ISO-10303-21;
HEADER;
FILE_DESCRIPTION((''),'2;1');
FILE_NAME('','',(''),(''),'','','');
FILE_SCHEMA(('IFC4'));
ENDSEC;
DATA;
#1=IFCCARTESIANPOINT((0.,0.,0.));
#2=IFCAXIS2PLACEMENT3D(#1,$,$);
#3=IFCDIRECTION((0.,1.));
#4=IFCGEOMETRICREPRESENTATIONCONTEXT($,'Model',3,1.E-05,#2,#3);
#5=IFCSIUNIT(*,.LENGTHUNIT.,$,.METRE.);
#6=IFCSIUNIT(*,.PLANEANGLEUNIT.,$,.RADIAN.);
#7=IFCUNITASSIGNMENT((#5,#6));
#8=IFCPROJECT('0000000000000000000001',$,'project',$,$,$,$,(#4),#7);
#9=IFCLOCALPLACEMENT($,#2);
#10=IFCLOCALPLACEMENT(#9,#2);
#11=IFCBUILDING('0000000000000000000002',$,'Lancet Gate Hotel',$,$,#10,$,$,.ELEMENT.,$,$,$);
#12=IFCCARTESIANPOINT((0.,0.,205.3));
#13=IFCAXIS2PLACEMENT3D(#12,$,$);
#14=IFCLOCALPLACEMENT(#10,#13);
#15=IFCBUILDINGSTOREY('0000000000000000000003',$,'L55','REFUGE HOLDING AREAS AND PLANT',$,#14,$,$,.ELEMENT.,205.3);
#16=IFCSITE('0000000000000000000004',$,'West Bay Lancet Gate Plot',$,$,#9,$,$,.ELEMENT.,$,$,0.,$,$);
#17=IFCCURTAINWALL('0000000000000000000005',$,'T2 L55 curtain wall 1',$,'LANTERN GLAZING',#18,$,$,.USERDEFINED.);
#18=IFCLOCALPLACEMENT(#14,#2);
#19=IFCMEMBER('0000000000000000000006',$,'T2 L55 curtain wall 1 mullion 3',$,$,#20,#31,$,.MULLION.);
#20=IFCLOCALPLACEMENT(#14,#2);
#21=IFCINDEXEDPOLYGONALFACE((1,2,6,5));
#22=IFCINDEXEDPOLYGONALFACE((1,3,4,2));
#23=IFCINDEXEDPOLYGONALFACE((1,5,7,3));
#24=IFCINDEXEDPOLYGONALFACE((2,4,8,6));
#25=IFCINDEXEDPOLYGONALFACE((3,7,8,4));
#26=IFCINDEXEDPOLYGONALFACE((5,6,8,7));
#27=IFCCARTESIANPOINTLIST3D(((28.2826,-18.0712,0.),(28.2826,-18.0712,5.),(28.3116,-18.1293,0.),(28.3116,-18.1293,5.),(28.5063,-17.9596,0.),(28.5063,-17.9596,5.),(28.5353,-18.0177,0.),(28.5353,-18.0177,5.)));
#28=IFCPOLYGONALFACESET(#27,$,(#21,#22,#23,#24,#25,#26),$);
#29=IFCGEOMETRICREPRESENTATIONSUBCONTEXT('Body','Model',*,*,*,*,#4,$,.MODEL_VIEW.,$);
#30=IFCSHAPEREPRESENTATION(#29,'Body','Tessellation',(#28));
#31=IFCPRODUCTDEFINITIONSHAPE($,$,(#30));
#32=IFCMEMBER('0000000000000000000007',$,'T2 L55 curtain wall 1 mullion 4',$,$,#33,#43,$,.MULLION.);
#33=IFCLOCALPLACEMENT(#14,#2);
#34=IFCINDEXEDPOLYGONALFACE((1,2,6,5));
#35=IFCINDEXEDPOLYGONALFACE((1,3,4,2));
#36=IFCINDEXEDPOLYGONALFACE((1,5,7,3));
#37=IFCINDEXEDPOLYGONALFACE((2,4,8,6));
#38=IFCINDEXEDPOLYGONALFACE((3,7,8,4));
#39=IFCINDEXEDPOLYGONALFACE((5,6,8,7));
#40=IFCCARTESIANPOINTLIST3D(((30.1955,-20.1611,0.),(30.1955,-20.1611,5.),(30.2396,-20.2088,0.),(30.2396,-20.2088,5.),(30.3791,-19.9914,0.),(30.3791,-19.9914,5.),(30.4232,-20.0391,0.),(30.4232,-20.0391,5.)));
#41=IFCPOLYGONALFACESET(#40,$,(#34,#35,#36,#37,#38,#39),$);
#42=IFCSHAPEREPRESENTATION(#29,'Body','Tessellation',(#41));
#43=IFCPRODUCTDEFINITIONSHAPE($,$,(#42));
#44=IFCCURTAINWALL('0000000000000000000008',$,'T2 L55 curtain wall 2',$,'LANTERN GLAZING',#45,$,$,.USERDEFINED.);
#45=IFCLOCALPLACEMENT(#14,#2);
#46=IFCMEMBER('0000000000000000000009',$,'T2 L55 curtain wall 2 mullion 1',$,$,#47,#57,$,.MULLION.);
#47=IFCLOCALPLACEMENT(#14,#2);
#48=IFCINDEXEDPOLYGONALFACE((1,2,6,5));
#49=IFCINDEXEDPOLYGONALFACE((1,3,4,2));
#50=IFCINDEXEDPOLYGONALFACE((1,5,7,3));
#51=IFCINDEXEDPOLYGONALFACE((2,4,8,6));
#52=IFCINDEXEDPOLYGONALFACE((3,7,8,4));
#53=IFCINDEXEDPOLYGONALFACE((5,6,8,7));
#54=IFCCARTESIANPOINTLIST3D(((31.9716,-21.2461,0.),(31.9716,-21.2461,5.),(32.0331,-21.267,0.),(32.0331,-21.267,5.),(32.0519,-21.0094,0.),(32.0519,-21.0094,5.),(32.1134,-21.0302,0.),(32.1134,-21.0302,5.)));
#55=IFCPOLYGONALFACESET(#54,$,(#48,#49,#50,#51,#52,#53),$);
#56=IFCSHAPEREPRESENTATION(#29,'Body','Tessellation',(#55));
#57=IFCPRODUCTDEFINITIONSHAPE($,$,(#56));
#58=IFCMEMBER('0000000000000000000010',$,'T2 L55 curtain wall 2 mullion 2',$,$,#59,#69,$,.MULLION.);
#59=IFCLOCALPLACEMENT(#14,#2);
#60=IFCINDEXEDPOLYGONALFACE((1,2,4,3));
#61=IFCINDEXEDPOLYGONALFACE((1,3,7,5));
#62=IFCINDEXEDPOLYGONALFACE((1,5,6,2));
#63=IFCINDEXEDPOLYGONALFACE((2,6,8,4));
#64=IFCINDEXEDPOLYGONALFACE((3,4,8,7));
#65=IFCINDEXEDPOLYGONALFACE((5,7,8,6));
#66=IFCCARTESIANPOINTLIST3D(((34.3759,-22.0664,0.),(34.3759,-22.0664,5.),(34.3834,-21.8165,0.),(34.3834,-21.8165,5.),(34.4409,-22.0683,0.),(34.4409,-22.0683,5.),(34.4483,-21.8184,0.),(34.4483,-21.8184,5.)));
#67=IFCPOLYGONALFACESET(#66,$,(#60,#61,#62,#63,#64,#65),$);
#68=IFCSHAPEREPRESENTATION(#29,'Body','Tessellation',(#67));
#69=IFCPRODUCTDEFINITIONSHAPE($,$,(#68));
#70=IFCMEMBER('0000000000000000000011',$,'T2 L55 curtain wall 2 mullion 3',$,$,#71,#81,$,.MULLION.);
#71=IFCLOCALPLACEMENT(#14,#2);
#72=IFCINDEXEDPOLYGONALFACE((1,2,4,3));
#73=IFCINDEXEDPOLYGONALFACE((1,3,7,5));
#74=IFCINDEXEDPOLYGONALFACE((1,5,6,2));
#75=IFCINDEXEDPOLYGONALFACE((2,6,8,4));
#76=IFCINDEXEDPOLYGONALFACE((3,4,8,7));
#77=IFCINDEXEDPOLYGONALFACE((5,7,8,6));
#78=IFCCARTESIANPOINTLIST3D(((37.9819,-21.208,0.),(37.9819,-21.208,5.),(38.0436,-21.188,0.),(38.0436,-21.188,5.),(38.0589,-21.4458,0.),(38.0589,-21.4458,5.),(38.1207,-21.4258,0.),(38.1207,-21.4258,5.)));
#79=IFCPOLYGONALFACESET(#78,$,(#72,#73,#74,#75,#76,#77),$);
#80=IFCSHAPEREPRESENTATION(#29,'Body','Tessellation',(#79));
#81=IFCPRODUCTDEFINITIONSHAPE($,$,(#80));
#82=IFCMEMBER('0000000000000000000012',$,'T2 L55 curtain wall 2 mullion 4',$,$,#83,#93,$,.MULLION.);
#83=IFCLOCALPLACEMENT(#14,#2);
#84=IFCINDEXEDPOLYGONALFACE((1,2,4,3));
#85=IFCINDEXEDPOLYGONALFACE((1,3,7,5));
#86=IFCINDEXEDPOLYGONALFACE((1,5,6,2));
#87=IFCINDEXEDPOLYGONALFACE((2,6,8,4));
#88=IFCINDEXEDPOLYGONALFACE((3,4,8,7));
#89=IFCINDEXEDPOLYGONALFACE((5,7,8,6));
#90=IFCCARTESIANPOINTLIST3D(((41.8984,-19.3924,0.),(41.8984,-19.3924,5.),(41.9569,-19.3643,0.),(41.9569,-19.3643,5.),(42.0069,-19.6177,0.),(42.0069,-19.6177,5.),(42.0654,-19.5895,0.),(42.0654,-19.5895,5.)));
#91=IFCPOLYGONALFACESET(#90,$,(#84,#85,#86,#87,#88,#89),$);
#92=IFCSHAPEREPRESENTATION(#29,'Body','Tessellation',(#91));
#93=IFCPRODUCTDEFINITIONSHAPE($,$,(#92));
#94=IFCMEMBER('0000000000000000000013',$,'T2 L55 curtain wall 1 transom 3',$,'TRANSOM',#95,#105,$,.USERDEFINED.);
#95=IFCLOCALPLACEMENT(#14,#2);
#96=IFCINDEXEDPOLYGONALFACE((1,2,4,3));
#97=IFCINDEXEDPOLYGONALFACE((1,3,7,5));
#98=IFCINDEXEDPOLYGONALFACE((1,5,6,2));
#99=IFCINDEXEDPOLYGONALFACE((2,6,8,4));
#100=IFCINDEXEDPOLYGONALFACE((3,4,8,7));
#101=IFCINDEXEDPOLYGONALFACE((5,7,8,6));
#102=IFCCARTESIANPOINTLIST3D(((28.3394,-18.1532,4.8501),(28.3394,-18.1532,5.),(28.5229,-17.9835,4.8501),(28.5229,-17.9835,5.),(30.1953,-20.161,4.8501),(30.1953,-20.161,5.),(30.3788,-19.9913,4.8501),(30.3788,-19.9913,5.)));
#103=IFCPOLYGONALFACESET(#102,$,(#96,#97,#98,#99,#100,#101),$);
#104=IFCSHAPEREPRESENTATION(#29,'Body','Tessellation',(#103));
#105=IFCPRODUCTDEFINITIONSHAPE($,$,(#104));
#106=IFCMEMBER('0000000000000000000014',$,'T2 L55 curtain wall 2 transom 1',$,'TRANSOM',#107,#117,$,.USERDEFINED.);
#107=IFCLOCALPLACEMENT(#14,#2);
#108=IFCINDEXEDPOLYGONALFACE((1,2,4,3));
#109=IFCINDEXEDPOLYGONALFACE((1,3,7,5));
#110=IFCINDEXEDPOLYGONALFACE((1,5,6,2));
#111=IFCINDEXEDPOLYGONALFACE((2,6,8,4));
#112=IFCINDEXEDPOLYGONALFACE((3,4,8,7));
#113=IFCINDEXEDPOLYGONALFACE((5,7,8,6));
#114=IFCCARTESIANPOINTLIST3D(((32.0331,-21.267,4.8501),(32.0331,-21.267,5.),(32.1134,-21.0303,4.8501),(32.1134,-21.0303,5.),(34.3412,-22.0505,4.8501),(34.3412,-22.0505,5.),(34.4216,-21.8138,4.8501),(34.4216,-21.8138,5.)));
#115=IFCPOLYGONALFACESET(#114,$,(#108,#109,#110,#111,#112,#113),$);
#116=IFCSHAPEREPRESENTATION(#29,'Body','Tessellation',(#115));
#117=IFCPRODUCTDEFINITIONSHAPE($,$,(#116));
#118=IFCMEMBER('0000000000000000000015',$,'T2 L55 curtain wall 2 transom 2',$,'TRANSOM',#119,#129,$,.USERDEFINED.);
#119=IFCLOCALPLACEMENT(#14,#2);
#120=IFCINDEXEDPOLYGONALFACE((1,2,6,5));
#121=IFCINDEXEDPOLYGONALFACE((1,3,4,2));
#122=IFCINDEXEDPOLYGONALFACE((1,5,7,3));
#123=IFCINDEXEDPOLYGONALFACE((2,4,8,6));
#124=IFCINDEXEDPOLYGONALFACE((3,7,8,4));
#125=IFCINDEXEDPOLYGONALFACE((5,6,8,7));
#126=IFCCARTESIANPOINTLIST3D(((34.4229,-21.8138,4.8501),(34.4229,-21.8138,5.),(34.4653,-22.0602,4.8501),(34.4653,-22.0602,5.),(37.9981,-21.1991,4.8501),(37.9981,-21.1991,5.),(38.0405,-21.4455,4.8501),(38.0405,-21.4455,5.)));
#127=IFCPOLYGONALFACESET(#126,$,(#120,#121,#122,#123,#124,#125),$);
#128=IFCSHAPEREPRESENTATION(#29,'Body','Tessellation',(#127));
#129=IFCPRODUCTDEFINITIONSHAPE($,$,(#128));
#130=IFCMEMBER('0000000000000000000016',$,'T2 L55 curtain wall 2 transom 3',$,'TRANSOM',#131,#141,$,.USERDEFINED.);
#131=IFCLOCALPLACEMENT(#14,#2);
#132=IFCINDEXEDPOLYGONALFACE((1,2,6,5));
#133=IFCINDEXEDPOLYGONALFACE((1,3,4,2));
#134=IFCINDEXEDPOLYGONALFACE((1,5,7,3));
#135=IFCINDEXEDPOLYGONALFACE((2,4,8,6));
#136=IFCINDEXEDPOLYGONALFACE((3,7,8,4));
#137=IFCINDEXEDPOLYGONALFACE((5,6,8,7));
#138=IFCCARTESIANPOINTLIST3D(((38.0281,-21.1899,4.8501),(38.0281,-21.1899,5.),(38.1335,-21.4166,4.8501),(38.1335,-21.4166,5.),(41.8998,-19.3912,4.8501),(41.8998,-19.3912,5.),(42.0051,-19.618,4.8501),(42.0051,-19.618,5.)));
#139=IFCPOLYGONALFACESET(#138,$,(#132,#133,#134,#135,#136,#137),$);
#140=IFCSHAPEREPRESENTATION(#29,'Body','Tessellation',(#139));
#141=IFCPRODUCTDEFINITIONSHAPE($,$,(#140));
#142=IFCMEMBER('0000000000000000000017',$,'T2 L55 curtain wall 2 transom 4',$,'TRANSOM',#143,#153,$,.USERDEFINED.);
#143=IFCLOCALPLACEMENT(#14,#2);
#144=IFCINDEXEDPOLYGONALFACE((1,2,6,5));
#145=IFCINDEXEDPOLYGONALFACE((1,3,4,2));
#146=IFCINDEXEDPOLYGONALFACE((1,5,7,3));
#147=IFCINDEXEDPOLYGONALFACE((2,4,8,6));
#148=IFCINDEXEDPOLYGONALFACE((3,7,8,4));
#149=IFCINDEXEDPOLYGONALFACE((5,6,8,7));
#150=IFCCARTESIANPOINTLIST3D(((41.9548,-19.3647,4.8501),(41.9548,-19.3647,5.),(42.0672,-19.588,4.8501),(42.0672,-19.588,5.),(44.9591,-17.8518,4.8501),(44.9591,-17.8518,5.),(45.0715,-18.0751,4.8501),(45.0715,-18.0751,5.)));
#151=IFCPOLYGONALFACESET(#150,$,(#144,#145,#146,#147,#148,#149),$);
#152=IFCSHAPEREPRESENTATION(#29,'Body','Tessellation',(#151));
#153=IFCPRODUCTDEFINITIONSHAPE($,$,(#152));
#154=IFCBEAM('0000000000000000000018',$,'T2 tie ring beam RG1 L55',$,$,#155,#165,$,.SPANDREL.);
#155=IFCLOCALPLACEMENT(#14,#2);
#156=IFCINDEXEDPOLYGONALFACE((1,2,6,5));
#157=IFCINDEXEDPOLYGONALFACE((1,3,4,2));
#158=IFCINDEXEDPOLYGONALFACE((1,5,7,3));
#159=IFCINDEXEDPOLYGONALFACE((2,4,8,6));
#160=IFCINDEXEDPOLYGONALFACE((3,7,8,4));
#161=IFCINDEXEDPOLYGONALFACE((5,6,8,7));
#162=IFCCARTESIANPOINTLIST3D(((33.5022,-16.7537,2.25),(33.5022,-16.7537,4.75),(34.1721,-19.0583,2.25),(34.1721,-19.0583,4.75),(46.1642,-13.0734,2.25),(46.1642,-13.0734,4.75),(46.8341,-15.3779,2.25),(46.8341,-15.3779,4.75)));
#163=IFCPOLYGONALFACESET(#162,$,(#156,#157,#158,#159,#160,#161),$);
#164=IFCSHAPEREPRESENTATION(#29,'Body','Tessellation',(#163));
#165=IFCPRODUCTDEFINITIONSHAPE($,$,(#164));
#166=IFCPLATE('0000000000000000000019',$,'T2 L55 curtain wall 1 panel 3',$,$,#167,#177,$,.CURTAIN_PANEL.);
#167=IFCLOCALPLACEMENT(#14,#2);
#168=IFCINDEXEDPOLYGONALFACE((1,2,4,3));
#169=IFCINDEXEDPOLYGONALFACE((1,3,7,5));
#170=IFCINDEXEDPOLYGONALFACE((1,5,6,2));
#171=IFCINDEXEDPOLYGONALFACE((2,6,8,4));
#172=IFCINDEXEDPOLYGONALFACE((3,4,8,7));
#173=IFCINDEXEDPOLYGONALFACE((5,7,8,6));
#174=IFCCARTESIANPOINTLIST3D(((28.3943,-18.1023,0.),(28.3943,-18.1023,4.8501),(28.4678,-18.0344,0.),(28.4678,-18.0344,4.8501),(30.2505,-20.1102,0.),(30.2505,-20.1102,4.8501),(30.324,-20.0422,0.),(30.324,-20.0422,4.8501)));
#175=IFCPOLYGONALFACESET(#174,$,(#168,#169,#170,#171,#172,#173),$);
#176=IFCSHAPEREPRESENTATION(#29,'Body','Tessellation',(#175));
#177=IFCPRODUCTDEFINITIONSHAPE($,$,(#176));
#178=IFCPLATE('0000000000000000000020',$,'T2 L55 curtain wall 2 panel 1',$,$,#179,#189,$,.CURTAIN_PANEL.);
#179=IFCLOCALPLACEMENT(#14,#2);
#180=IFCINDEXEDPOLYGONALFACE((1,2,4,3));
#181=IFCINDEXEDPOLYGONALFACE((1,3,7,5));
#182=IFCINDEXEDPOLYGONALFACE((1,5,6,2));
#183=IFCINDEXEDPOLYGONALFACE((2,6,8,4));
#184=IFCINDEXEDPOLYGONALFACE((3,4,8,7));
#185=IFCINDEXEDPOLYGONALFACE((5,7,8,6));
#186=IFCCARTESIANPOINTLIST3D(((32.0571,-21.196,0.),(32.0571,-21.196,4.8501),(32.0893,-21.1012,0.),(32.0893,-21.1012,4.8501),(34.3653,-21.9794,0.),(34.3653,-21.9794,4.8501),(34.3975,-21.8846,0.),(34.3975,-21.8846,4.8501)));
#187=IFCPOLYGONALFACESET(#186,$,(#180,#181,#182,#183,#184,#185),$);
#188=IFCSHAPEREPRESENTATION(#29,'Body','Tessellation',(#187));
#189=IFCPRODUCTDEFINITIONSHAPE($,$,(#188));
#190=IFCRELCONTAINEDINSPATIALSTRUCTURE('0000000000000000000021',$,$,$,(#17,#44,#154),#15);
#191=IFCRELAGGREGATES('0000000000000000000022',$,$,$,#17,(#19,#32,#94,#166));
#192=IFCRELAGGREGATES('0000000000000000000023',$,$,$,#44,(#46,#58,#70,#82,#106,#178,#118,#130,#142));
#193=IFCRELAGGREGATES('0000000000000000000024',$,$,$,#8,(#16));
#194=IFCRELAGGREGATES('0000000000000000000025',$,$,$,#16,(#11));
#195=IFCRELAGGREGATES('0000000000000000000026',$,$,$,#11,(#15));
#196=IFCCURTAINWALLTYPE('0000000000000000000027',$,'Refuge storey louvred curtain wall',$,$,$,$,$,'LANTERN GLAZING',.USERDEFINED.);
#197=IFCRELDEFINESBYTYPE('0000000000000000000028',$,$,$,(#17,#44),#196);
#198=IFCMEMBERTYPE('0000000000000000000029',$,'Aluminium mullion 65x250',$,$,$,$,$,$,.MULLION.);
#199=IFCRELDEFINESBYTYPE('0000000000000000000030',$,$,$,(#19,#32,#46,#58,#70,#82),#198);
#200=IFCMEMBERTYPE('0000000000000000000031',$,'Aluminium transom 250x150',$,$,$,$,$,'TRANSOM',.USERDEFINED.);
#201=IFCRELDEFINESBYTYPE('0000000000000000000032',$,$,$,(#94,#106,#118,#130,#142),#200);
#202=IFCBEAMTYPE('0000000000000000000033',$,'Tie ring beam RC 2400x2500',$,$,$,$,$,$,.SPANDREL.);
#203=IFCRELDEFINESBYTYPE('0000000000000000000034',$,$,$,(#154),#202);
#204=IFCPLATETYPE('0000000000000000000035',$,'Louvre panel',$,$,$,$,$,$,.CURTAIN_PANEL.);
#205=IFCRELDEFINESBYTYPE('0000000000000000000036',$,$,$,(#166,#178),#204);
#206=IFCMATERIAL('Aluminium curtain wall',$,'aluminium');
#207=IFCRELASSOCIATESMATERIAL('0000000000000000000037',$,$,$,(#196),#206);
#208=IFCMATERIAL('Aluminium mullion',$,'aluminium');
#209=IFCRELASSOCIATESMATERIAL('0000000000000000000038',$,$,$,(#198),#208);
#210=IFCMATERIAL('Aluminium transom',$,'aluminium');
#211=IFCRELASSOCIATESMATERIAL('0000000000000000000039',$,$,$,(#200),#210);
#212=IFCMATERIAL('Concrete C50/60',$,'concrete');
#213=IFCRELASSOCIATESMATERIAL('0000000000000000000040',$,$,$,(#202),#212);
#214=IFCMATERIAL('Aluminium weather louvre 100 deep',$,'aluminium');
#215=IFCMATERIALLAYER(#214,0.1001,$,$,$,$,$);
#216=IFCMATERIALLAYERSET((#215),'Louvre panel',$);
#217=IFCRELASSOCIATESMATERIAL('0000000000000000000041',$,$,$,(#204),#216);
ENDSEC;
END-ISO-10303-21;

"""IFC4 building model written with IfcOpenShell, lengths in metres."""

from ifc_helpers import new_model, si_unit, direction, frame, origin, origin_2d, place, context, subcontext, project, spatial, rectangle, extrude, material, layer, layer_set, material_profile, profile_set, type_object, element, aggregate, save


model = new_model("IFC4")

# Units and contexts
model_context = context("Model", 3, precision=1e-05, world=origin(), true_north=direction((0.0, 1.0)))
body_context = subcontext(model_context, "Body", "Model", "MODEL_VIEW")
ifc_project = project(units=[si_unit("LENGTHUNIT", "METRE"), si_unit("PLANEANGLEUNIT", "RADIAN")], contexts=[model_context])

# Site, building, storey
site_placement = place(None, origin())
site = spatial("IfcSite", under=ifc_project, at=site_placement, Name="West Bay Lancet Gate Plot", CompositionType="ELEMENT", RefElevation=0.0)
building_placement = place(site_placement, origin())
building = spatial("IfcBuilding", under=site, at=building_placement, Name="Lancet Gate Hotel", CompositionType="ELEMENT")
storey_placement = place(building_placement, frame((0.0, 0.0, 205.3)))
storey = spatial("IfcBuildingStorey", under=building, at=storey_placement, Name="L55", Description="REFUGE HOLDING AREAS AND PLANT", CompositionType="ELEMENT", Elevation=205.3)

# Curtain walls, members
ifc_material_1 = material(Name="Aluminium curtain wall", Category="aluminium")
curtain_wall_type = type_object("IfcCurtainWallType", Name="Refuge storey louvred curtain wall", ElementType="LANTERN GLAZING", PredefinedType="USERDEFINED", material=ifc_material_1)
curtain_wall_1_placement = place(storey_placement, origin())
curtain_wall_1 = element("IfcCurtainWall", 1, at=curtain_wall_1_placement, inside=storey, type_object=curtain_wall_type, Name="T2 L55 curtain wall 1", ObjectType="LANTERN GLAZING", PredefinedType="USERDEFINED")
ifc_material_2 = material(Name="Aluminium mullion", Category="aluminium")
ifc_material_profile_1 = material_profile(ifc_material_2, rectangle(XDim=0.0649, YDim=0.25, at=origin_2d()), Name="MULLION 65x250")
ifc_profile_set_1 = profile_set([ifc_material_profile_1], Name="Aluminium mullion")
member_type_1 = type_object("IfcMemberType", Name="Aluminium mullion 65x250", PredefinedType="MULLION", material=ifc_profile_set_1)
member_1_placement = place(storey_placement, frame((28.4089, -18.0444, 0.0), z_axis=(0.0, 0.0, 1.0), x_axis=(0.446205, -0.894931, 0.0)))
member_1 = element("IfcMember", 2, at=member_1_placement, type_object=member_type_1, Name="T2 L55 curtain wall 1 mullion 3", PredefinedType="MULLION", context=body_context, shape_type="SweptSolid", body=[
    extrude(rectangle(XDim=0.0649, YDim=0.25, at=origin_2d()), origin(), (0.0, 0.0, 1.0), 5.0),
])
member_2_placement = place(storey_placement, frame((30.3093, -20.1001, 0.0), z_axis=(0.0, 0.0, 1.0), x_axis=(0.678831, -0.734294, 0.0)))
member_2 = element("IfcMember", 3, at=member_2_placement, type_object=member_type_1, Name="T2 L55 curtain wall 1 mullion 4", PredefinedType="MULLION", context=body_context, shape_type="SweptSolid", body=[
    extrude(rectangle(XDim=0.0649, YDim=0.25, at=origin_2d()), origin(), (0.0, 0.0, 1.0), 5.0),
])
curtain_wall_2_placement = place(storey_placement, origin())
curtain_wall_2 = element("IfcCurtainWall", 4, at=curtain_wall_2_placement, inside=storey, type_object=curtain_wall_type, Name="T2 L55 curtain wall 2", ObjectType="LANTERN GLAZING", PredefinedType="USERDEFINED")
member_3_placement = place(storey_placement, frame((32.0425, -21.1382, 0.0), z_axis=(0.0, 0.0, 1.0), x_axis=(0.946952, -0.321374, 0.0)))
member_3 = element("IfcMember", 5, at=member_3_placement, type_object=member_type_1, Name="T2 L55 curtain wall 2 mullion 1", PredefinedType="MULLION", context=body_context, shape_type="SweptSolid", body=[
    extrude(rectangle(XDim=0.0649, YDim=0.25, at=origin_2d()), origin(), (0.0, 0.0, 1.0), 5.0),
])
member_4_placement = place(storey_placement, frame((34.4121, -21.9424, 0.0), z_axis=(0.0, 0.0, 1.0), x_axis=(0.999559, -0.029701, 0.0)))
member_4 = element("IfcMember", 6, at=member_4_placement, type_object=member_type_1, Name="T2 L55 curtain wall 2 mullion 2", PredefinedType="MULLION", context=body_context, shape_type="SweptSolid", body=[
    extrude(rectangle(XDim=0.0649, YDim=0.25, at=origin_2d()), origin(), (0.0, 0.0, 1.0), 5.0),
])
member_5_placement = place(storey_placement, frame((38.0513, -21.3169, 0.0), z_axis=(0.0, 0.0, 1.0), x_axis=(0.951355, 0.308095, 0.0)))
member_5 = element("IfcMember", 7, at=member_5_placement, type_object=member_type_1, Name="T2 L55 curtain wall 2 mullion 3", PredefinedType="MULLION", context=body_context, shape_type="SweptSolid", body=[
    extrude(rectangle(XDim=0.0649, YDim=0.25, at=origin_2d()), origin(), (0.0, 0.0, 1.0), 5.0),
])
member_6_placement = place(storey_placement, frame((41.9819, -19.491, 0.0), z_axis=(0.0, 0.0, 1.0), x_axis=(0.900945, 0.433933, 0.0)))
member_6 = element("IfcMember", 8, at=member_6_placement, type_object=member_type_1, Name="T2 L55 curtain wall 2 mullion 4", PredefinedType="MULLION", context=body_context, shape_type="SweptSolid", body=[
    extrude(rectangle(XDim=0.0649, YDim=0.25, at=origin_2d()), origin(), (0.0, 0.0, 1.0), 5.0),
])

# Members
ifc_material_3 = material(Name="Aluminium transom", Category="aluminium")
ifc_material_profile_2 = material_profile(ifc_material_3, rectangle(XDim=0.25, YDim=0.1499, at=origin_2d()), Name="TRANSOM 250x150")
ifc_profile_set_2 = profile_set([ifc_material_profile_2], Name="Aluminium transom")
member_type_2 = type_object("IfcMemberType", Name="Aluminium transom 250x150", ElementType="TRANSOM", PredefinedType="USERDEFINED", material=ifc_profile_set_2)
member_7_placement = place(storey_placement, frame((28.4312, -18.0684, 4.925), z_axis=(0.678792, -0.734331, 0.0), x_axis=(0.734331, 0.678792, 0.0)))
member_7 = element("IfcMember", 9, at=member_7_placement, type_object=member_type_2, Name="T2 L55 curtain wall 1 transom 3", ObjectType="TRANSOM", PredefinedType="USERDEFINED", context=body_context, shape_type="SweptSolid", body=[
    extrude(rectangle(XDim=0.25, YDim=0.1499, at=origin_2d()), origin(), (0.0, 0.0, 1.0), 2.7341),
])
member_8_placement = place(storey_placement, frame((32.0732, -21.1487, 4.925), z_axis=(0.946936, -0.321421, 0.0), x_axis=(0.321421, 0.946936, 0.0)))
member_8 = element("IfcMember", 10, at=member_8_placement, type_object=member_type_2, Name="T2 L55 curtain wall 2 transom 1", ObjectType="TRANSOM", PredefinedType="USERDEFINED", context=body_context, shape_type="SweptSolid", body=[
    extrude(rectangle(XDim=0.25, YDim=0.1499, at=origin_2d()), origin(), (0.0, 0.0, 1.0), 2.4375),
])
member_9_placement = place(storey_placement, frame((34.4441, -21.937, 4.925), z_axis=(0.985537, 0.169461, 0.0), x_axis=(-0.169461, 0.985537, 0.0)))
member_9 = element("IfcMember", 11, at=member_9_placement, type_object=member_type_2, Name="T2 L55 curtain wall 2 transom 2", ObjectType="TRANSOM", PredefinedType="USERDEFINED", context=body_context, shape_type="SweptSolid", body=[
    extrude(rectangle(XDim=0.25, YDim=0.1499, at=origin_2d()), origin(), (0.0, 0.0, 1.0), 3.6277),
])
member_10_placement = place(storey_placement, frame((38.0808, -21.3032, 4.925), z_axis=(0.906914, 0.421316, 0.0), x_axis=(-0.421316, 0.906914, 0.0)))
member_10 = element("IfcMember", 12, at=member_10_placement, type_object=member_type_2, Name="T2 L55 curtain wall 2 transom 3", ObjectType="TRANSOM", PredefinedType="USERDEFINED", context=body_context, shape_type="SweptSolid", body=[
    extrude(rectangle(XDim=0.25, YDim=0.1499, at=origin_2d()), origin(), (0.0, 0.0, 1.0), 4.269),
])
member_11_placement = place(storey_placement, frame((42.011, -19.4763, 4.925), z_axis=(0.893146, 0.449767, 0.0), x_axis=(-0.449767, 0.893146, 0.0)))
member_11 = element("IfcMember", 13, at=member_11_placement, type_object=member_type_2, Name="T2 L55 curtain wall 2 transom 4", ObjectType="TRANSOM", PredefinedType="USERDEFINED", context=body_context, shape_type="SweptSolid", body=[
    extrude(rectangle(XDim=0.25, YDim=0.1499, at=origin_2d()), origin(), (0.0, 0.0, 1.0), 3.3638),
])

# Beam
ifc_material_4 = material(Name="Concrete C50/60", Category="concrete")
ifc_material_profile_3 = material_profile(ifc_material_4, rectangle(XDim=2.3999, YDim=2.5, at=origin_2d()), Name="RC 2400x2500")
ifc_profile_set_3 = profile_set([ifc_material_profile_3], Name="Concrete C50/60")
beam_type = type_object("IfcBeamType", Name="Tie ring beam RC 2400x2500", PredefinedType="SPANDREL", material=ifc_profile_set_3)
beam_placement = place(storey_placement, frame((33.8372, -17.906, 3.5), z_axis=(0.960258, 0.279113, 0.0), x_axis=(-0.279113, 0.960258, 0.0)))
element("IfcBeam", 14, at=beam_placement, inside=storey, type_object=beam_type, Name="T2 tie ring beam RG1 L55", PredefinedType="SPANDREL", context=body_context, shape_type="SweptSolid", body=[
    extrude(rectangle(XDim=2.3999, YDim=2.5, at=origin_2d()), origin(), (0.0, 0.0, 1.0), 13.186),
])

# Plates
ifc_material_5 = material(Name="Aluminium weather louvre 100 deep", Category="aluminium")
ifc_layer_1 = layer(ifc_material_5, 0.1001)
ifc_layer_set_1 = layer_set([ifc_layer_1], Name="Louvre panel")
plate_type = type_object("IfcPlateType", Name="Louvre panel", PredefinedType="CURTAIN_PANEL", material=ifc_layer_set_1)
plate_1_placement = place(storey_placement, frame((29.3591, -19.0723, 0.0), z_axis=(0.0, 0.0, 1.0), x_axis=(0.678831, -0.734294, 0.0)))
plate_1 = element("IfcPlate", 15, at=plate_1_placement, type_object=plate_type, Name="T2 L55 curtain wall 1 panel 3", PredefinedType="CURTAIN_PANEL", context=body_context, shape_type="SweptSolid", body=[
    extrude(rectangle(XDim=2.7344, YDim=0.1001, at=origin_2d()), origin(), (0.0, 0.0, 1.0), 4.8501),
])
aggregate(curtain_wall_1, [member_1, member_2, member_7, plate_1])
plate_2_placement = place(storey_placement, frame((33.2273, -21.5403, 0.0), z_axis=(0.0, 0.0, 1.0), x_axis=(0.946952, -0.321374, 0.0)))
plate_2 = element("IfcPlate", 16, at=plate_2_placement, type_object=plate_type, Name="T2 L55 curtain wall 2 panel 1", PredefinedType="CURTAIN_PANEL", context=body_context, shape_type="SweptSolid", body=[
    extrude(rectangle(XDim=2.4375, YDim=0.1001, at=origin_2d()), origin(), (0.0, 0.0, 1.0), 4.8501),
])
aggregate(curtain_wall_2, [member_3, member_4, member_5, member_6, member_8, plate_2, member_9, member_10, member_11])

save(model, "model.ifc")
